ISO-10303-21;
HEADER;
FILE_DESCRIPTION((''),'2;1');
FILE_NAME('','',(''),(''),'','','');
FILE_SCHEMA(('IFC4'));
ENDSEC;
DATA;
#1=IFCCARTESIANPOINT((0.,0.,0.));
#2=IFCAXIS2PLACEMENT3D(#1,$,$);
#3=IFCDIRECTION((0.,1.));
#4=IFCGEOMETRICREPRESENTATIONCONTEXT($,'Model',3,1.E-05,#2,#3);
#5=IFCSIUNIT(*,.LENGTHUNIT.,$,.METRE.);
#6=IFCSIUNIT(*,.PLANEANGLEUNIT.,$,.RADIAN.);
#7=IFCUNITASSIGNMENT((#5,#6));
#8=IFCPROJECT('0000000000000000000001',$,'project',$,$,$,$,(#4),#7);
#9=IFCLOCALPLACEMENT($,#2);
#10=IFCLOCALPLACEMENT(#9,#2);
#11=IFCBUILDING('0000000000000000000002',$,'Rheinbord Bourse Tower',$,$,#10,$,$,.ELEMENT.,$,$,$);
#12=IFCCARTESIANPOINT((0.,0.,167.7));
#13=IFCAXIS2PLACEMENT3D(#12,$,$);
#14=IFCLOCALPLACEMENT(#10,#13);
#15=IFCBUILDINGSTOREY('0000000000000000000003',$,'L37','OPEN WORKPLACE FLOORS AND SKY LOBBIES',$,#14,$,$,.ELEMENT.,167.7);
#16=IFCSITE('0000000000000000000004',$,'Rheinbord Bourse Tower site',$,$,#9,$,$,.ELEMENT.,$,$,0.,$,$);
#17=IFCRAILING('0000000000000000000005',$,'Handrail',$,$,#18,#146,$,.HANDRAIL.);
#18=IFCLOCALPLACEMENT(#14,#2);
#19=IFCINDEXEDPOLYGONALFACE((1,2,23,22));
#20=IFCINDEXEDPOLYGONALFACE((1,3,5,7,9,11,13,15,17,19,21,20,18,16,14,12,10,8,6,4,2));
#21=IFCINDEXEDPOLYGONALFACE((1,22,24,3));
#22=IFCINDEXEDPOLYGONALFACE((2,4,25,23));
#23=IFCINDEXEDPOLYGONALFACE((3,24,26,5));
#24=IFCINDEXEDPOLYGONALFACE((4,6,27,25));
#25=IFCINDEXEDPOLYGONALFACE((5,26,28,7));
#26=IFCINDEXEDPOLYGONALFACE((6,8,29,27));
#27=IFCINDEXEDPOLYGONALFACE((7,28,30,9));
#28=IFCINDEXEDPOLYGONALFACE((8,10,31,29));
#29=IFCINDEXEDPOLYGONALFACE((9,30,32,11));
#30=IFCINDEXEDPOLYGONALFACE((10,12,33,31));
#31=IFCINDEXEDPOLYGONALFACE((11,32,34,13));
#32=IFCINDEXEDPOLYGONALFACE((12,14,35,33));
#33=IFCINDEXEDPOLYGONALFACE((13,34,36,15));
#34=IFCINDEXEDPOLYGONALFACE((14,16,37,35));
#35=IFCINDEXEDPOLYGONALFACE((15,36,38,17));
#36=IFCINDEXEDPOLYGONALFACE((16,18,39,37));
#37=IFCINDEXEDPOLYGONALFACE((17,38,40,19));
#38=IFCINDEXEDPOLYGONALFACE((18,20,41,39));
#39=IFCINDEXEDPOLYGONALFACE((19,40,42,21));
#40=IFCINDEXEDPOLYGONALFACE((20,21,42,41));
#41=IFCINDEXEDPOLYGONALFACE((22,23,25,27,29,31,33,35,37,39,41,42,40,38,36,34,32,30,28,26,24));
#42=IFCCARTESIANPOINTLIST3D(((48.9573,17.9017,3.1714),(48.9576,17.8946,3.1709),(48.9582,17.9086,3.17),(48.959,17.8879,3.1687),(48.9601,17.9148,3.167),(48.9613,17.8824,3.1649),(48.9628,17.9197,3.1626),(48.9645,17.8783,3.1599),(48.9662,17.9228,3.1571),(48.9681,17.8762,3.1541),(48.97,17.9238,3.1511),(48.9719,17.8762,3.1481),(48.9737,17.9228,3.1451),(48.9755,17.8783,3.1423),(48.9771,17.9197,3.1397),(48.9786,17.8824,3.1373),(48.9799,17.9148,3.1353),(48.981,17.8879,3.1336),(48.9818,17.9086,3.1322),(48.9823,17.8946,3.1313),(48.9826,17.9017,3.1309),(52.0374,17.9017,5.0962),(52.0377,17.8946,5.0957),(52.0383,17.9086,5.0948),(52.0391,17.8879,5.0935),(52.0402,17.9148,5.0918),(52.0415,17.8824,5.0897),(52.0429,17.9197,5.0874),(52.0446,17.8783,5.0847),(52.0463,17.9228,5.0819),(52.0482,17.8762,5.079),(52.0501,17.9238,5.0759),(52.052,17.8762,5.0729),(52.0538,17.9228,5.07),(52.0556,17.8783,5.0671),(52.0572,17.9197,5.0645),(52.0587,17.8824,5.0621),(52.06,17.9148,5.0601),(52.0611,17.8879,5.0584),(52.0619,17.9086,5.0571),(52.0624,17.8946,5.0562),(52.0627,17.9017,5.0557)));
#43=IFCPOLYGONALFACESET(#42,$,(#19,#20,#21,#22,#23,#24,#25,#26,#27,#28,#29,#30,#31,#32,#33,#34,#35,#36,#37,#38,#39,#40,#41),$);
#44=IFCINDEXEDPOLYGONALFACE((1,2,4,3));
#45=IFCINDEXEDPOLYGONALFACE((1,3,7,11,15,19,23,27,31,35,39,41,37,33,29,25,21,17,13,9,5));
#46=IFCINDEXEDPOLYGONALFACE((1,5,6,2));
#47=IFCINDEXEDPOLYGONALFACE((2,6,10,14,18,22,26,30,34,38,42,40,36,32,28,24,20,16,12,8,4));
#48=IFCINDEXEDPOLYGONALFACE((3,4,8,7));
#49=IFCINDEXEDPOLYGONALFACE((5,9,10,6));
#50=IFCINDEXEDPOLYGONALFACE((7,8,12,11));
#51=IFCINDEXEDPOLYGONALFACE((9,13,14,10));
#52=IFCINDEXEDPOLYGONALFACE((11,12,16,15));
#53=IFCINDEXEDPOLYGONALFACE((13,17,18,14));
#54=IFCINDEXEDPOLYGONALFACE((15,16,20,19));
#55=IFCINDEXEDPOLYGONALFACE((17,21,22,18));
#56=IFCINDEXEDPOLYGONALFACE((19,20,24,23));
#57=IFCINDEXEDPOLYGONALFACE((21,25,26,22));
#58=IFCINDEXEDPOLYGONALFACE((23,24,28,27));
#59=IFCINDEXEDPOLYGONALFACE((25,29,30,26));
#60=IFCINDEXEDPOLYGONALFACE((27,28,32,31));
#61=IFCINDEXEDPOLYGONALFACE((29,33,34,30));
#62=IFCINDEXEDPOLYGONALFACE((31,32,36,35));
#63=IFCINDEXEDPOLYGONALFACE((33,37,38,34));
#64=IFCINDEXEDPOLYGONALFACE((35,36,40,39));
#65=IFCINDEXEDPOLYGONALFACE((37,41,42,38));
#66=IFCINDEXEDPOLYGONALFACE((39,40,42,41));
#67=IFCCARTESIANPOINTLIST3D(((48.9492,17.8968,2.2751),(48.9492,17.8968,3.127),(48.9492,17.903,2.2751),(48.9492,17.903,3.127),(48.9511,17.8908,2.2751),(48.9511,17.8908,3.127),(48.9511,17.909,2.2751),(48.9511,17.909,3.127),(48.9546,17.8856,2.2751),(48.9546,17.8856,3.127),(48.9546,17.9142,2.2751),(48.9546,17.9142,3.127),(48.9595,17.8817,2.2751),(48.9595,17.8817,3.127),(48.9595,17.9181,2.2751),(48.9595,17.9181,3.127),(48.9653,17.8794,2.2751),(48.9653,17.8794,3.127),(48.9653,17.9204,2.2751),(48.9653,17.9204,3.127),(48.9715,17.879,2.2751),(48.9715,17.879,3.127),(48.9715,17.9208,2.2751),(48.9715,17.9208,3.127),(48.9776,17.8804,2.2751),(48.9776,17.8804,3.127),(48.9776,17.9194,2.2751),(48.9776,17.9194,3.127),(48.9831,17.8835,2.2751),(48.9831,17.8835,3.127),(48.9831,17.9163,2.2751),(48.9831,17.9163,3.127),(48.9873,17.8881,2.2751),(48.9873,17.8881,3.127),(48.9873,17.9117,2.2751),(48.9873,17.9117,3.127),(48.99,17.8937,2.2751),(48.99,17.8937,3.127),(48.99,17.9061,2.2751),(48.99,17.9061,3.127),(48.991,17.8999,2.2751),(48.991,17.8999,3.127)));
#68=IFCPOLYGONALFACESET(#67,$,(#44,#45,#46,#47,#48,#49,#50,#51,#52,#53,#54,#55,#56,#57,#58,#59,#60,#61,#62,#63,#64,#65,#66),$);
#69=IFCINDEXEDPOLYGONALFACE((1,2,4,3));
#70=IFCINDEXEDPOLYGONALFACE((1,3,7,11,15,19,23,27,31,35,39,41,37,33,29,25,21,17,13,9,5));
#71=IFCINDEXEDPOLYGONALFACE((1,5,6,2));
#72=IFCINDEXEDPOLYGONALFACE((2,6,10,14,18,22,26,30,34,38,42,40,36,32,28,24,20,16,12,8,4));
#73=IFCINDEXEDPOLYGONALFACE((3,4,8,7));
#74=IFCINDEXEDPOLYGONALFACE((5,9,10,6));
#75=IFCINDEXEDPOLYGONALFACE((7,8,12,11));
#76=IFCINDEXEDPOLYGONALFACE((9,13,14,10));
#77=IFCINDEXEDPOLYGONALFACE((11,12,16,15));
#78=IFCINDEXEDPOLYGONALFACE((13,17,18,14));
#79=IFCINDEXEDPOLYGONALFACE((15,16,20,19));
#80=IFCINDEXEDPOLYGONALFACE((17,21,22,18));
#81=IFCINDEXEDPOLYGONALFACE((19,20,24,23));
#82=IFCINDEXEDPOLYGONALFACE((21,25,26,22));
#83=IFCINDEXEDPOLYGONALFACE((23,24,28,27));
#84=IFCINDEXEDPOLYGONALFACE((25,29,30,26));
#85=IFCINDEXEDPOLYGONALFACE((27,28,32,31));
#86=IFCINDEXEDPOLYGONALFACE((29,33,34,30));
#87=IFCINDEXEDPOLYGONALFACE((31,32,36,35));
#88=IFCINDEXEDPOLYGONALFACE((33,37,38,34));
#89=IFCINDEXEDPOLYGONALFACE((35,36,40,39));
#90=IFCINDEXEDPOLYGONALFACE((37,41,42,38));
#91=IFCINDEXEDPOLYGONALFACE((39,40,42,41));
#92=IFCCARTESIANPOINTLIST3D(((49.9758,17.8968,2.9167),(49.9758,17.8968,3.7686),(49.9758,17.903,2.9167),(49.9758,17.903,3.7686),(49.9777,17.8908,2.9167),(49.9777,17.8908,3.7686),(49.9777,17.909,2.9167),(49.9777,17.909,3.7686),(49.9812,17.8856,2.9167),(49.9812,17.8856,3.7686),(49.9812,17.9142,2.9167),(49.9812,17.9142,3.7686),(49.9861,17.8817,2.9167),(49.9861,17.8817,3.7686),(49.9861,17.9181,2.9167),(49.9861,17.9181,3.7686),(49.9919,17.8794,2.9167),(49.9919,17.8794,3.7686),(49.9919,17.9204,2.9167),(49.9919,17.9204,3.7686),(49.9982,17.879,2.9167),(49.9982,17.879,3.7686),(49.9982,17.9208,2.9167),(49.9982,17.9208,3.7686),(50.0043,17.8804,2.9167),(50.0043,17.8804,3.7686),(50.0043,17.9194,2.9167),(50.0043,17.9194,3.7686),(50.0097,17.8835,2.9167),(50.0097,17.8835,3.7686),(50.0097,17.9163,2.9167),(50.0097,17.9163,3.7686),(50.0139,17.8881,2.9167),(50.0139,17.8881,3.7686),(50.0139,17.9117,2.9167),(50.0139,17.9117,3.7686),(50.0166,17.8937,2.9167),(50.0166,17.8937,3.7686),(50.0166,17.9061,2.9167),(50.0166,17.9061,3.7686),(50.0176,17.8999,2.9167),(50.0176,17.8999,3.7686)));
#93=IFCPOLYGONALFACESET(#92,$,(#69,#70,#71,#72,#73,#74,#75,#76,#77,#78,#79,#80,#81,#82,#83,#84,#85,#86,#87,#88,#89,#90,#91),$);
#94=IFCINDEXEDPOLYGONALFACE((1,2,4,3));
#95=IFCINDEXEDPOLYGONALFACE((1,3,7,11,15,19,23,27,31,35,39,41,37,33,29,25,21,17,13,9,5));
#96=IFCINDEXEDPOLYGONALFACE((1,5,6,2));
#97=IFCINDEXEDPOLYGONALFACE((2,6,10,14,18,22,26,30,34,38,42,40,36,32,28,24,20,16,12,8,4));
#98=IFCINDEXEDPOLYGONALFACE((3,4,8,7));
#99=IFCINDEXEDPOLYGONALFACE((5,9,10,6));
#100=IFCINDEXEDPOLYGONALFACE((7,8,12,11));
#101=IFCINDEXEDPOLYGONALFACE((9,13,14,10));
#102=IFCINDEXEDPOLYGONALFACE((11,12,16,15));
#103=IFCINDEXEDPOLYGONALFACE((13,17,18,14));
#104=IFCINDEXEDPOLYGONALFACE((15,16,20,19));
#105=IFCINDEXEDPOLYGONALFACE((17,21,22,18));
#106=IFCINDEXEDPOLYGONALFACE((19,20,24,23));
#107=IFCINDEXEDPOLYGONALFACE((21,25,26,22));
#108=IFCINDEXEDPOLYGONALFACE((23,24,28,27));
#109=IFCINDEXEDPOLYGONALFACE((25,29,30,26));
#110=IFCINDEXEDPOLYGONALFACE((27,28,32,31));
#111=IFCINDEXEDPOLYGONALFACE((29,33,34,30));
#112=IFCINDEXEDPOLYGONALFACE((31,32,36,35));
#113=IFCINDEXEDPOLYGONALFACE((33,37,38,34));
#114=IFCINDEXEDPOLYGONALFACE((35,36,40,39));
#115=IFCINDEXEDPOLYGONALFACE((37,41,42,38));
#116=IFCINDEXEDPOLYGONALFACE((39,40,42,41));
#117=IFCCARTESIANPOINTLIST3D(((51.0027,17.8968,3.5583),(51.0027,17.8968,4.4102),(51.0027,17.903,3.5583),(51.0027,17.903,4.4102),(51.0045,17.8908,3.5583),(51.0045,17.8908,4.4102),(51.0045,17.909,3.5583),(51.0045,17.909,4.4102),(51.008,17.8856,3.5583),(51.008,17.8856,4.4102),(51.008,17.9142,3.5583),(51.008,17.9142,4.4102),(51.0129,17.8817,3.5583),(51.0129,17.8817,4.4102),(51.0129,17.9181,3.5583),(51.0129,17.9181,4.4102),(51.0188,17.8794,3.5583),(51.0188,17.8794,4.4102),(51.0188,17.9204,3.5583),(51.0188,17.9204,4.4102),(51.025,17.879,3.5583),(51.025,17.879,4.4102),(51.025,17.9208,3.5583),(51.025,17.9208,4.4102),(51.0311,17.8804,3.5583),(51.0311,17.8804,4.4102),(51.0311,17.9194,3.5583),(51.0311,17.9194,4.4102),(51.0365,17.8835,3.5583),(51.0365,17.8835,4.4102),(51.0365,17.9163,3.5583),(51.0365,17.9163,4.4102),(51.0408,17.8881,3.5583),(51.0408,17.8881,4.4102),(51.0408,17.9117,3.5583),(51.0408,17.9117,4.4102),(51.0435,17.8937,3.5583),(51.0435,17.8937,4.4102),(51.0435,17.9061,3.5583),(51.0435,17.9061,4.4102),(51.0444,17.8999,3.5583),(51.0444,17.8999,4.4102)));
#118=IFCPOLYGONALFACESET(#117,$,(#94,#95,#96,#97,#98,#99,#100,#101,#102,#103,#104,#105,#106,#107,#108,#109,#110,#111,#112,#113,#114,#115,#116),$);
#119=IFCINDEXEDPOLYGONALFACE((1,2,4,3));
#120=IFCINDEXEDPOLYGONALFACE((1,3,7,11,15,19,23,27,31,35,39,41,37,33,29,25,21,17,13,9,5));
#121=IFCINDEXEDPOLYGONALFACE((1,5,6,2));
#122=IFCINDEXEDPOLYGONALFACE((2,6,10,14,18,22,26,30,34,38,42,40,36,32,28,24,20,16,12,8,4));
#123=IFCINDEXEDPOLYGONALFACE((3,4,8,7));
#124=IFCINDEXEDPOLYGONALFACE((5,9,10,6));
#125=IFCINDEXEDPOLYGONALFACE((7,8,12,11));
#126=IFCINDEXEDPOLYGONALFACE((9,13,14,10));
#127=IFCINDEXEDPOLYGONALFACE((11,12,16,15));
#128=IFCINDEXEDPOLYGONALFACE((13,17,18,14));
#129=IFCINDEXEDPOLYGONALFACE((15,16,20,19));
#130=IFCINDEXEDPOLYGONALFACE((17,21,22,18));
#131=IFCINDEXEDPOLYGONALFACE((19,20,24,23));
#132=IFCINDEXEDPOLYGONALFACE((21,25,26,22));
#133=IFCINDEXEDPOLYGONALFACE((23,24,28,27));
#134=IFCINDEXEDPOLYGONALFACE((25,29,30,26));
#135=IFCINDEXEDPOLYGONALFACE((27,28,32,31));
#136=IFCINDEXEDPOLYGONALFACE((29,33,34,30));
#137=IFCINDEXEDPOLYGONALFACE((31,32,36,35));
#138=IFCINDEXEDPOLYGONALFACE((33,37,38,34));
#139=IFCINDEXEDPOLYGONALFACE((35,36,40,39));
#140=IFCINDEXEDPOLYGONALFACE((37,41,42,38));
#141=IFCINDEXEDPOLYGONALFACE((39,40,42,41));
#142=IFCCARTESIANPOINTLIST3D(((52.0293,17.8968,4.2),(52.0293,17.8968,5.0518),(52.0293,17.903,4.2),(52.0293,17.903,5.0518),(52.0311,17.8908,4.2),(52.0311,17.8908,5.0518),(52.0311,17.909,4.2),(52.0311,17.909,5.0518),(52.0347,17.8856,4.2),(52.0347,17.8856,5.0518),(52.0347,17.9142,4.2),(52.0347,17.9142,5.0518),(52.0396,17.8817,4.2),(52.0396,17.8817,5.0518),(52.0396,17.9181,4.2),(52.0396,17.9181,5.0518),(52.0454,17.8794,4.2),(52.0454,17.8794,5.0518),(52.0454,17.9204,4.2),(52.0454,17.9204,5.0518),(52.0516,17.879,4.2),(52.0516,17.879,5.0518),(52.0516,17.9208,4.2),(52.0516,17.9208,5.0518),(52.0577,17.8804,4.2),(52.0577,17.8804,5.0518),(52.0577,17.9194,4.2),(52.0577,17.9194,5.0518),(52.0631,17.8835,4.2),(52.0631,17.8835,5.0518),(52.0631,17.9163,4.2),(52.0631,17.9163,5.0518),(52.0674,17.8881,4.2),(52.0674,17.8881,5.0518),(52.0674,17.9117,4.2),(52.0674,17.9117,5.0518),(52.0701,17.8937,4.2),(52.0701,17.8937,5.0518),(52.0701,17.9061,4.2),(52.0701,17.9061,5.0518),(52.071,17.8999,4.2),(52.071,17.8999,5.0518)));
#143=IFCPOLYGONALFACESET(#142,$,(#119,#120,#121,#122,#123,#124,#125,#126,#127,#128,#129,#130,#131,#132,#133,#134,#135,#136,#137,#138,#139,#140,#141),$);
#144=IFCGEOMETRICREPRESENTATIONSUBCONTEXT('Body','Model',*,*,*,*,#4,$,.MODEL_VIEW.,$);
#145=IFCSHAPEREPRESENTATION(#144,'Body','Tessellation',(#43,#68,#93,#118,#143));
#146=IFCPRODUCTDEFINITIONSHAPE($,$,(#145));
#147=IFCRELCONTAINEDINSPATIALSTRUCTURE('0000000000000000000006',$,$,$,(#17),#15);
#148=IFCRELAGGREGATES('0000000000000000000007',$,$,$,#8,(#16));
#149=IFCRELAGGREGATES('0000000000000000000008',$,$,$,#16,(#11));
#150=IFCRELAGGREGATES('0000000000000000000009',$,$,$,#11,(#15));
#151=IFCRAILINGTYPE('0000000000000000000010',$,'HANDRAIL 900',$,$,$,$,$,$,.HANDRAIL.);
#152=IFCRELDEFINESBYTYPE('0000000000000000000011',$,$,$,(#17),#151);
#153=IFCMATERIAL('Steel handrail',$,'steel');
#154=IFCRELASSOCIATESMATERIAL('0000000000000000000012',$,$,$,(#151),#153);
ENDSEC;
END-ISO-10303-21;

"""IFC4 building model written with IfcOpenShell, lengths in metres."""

from ifc_helpers import new_model, si_unit, direction, frame, origin, origin_2d, place, context, subcontext, project, spatial, circle, extrude, material, type_object, element, save


model = new_model("IFC4")

# Units and contexts
model_context = context("Model", 3, precision=1e-05, world=origin(), true_north=direction((0.0, 1.0)))
body_context = subcontext(model_context, "Body", "Model", "MODEL_VIEW")
ifc_project = project(units=[si_unit("LENGTHUNIT", "METRE"), si_unit("PLANEANGLEUNIT", "RADIAN")], contexts=[model_context])

# Site, building, storey
site_placement = place(None, origin())
site = spatial("IfcSite", under=ifc_project, at=site_placement, Name="Rheinbord Bourse Tower site", CompositionType="ELEMENT", RefElevation=0.0)
building_placement = place(site_placement, origin())
building = spatial("IfcBuilding", under=site, at=building_placement, Name="Rheinbord Bourse Tower", CompositionType="ELEMENT")
storey_placement = place(building_placement, frame((0.0, 0.0, 167.7)))
storey = spatial("IfcBuildingStorey", under=building, at=storey_placement, Name="L37", Description="OPEN WORKPLACE FLOORS AND SKY LOBBIES", CompositionType="ELEMENT", Elevation=167.7)

# Railing
ifc_material_1 = material(Name="Steel handrail", Category="steel")
railing_type = type_object("IfcRailingType", Name="HANDRAIL 900", PredefinedType="HANDRAIL", material=ifc_material_1)
railing_1_placement = place(storey_placement, frame((48.97, 17.8999, 2.2751)))
element("IfcRailing", 1, at=railing_1_placement, inside=storey, type_object=railing_type, Name="Handrail", PredefinedType="HANDRAIL", context=body_context, shape_type="SweptSolid", body=[
    extrude(circle(Radius=0.0239, at=origin_2d()), frame((0.0, 0.0, 0.876), z_axis=(0.848029, 0.0, 0.529951), x_axis=(0.0, 1.0, 0.0)), (0.0, 0.0, 1.0), 3.6321),
    extrude(circle(Radius=0.021, at=origin_2d()), origin(), (0.0, 0.0, 1.0), 0.8518),
    extrude(circle(Radius=0.021, at=origin_2d()), frame((1.0266, 0.0, 0.6416)), (0.0, 0.0, 1.0), 0.8518),
    extrude(circle(Radius=0.021, at=origin_2d()), frame((2.0535, 0.0, 1.2832)), (0.0, 0.0, 1.0), 0.8518),
    extrude(circle(Radius=0.021, at=origin_2d()), frame((3.0801, 0.0, 1.9248)), (0.0, 0.0, 1.0), 0.8518),
])

save(model, "model.ifc")
